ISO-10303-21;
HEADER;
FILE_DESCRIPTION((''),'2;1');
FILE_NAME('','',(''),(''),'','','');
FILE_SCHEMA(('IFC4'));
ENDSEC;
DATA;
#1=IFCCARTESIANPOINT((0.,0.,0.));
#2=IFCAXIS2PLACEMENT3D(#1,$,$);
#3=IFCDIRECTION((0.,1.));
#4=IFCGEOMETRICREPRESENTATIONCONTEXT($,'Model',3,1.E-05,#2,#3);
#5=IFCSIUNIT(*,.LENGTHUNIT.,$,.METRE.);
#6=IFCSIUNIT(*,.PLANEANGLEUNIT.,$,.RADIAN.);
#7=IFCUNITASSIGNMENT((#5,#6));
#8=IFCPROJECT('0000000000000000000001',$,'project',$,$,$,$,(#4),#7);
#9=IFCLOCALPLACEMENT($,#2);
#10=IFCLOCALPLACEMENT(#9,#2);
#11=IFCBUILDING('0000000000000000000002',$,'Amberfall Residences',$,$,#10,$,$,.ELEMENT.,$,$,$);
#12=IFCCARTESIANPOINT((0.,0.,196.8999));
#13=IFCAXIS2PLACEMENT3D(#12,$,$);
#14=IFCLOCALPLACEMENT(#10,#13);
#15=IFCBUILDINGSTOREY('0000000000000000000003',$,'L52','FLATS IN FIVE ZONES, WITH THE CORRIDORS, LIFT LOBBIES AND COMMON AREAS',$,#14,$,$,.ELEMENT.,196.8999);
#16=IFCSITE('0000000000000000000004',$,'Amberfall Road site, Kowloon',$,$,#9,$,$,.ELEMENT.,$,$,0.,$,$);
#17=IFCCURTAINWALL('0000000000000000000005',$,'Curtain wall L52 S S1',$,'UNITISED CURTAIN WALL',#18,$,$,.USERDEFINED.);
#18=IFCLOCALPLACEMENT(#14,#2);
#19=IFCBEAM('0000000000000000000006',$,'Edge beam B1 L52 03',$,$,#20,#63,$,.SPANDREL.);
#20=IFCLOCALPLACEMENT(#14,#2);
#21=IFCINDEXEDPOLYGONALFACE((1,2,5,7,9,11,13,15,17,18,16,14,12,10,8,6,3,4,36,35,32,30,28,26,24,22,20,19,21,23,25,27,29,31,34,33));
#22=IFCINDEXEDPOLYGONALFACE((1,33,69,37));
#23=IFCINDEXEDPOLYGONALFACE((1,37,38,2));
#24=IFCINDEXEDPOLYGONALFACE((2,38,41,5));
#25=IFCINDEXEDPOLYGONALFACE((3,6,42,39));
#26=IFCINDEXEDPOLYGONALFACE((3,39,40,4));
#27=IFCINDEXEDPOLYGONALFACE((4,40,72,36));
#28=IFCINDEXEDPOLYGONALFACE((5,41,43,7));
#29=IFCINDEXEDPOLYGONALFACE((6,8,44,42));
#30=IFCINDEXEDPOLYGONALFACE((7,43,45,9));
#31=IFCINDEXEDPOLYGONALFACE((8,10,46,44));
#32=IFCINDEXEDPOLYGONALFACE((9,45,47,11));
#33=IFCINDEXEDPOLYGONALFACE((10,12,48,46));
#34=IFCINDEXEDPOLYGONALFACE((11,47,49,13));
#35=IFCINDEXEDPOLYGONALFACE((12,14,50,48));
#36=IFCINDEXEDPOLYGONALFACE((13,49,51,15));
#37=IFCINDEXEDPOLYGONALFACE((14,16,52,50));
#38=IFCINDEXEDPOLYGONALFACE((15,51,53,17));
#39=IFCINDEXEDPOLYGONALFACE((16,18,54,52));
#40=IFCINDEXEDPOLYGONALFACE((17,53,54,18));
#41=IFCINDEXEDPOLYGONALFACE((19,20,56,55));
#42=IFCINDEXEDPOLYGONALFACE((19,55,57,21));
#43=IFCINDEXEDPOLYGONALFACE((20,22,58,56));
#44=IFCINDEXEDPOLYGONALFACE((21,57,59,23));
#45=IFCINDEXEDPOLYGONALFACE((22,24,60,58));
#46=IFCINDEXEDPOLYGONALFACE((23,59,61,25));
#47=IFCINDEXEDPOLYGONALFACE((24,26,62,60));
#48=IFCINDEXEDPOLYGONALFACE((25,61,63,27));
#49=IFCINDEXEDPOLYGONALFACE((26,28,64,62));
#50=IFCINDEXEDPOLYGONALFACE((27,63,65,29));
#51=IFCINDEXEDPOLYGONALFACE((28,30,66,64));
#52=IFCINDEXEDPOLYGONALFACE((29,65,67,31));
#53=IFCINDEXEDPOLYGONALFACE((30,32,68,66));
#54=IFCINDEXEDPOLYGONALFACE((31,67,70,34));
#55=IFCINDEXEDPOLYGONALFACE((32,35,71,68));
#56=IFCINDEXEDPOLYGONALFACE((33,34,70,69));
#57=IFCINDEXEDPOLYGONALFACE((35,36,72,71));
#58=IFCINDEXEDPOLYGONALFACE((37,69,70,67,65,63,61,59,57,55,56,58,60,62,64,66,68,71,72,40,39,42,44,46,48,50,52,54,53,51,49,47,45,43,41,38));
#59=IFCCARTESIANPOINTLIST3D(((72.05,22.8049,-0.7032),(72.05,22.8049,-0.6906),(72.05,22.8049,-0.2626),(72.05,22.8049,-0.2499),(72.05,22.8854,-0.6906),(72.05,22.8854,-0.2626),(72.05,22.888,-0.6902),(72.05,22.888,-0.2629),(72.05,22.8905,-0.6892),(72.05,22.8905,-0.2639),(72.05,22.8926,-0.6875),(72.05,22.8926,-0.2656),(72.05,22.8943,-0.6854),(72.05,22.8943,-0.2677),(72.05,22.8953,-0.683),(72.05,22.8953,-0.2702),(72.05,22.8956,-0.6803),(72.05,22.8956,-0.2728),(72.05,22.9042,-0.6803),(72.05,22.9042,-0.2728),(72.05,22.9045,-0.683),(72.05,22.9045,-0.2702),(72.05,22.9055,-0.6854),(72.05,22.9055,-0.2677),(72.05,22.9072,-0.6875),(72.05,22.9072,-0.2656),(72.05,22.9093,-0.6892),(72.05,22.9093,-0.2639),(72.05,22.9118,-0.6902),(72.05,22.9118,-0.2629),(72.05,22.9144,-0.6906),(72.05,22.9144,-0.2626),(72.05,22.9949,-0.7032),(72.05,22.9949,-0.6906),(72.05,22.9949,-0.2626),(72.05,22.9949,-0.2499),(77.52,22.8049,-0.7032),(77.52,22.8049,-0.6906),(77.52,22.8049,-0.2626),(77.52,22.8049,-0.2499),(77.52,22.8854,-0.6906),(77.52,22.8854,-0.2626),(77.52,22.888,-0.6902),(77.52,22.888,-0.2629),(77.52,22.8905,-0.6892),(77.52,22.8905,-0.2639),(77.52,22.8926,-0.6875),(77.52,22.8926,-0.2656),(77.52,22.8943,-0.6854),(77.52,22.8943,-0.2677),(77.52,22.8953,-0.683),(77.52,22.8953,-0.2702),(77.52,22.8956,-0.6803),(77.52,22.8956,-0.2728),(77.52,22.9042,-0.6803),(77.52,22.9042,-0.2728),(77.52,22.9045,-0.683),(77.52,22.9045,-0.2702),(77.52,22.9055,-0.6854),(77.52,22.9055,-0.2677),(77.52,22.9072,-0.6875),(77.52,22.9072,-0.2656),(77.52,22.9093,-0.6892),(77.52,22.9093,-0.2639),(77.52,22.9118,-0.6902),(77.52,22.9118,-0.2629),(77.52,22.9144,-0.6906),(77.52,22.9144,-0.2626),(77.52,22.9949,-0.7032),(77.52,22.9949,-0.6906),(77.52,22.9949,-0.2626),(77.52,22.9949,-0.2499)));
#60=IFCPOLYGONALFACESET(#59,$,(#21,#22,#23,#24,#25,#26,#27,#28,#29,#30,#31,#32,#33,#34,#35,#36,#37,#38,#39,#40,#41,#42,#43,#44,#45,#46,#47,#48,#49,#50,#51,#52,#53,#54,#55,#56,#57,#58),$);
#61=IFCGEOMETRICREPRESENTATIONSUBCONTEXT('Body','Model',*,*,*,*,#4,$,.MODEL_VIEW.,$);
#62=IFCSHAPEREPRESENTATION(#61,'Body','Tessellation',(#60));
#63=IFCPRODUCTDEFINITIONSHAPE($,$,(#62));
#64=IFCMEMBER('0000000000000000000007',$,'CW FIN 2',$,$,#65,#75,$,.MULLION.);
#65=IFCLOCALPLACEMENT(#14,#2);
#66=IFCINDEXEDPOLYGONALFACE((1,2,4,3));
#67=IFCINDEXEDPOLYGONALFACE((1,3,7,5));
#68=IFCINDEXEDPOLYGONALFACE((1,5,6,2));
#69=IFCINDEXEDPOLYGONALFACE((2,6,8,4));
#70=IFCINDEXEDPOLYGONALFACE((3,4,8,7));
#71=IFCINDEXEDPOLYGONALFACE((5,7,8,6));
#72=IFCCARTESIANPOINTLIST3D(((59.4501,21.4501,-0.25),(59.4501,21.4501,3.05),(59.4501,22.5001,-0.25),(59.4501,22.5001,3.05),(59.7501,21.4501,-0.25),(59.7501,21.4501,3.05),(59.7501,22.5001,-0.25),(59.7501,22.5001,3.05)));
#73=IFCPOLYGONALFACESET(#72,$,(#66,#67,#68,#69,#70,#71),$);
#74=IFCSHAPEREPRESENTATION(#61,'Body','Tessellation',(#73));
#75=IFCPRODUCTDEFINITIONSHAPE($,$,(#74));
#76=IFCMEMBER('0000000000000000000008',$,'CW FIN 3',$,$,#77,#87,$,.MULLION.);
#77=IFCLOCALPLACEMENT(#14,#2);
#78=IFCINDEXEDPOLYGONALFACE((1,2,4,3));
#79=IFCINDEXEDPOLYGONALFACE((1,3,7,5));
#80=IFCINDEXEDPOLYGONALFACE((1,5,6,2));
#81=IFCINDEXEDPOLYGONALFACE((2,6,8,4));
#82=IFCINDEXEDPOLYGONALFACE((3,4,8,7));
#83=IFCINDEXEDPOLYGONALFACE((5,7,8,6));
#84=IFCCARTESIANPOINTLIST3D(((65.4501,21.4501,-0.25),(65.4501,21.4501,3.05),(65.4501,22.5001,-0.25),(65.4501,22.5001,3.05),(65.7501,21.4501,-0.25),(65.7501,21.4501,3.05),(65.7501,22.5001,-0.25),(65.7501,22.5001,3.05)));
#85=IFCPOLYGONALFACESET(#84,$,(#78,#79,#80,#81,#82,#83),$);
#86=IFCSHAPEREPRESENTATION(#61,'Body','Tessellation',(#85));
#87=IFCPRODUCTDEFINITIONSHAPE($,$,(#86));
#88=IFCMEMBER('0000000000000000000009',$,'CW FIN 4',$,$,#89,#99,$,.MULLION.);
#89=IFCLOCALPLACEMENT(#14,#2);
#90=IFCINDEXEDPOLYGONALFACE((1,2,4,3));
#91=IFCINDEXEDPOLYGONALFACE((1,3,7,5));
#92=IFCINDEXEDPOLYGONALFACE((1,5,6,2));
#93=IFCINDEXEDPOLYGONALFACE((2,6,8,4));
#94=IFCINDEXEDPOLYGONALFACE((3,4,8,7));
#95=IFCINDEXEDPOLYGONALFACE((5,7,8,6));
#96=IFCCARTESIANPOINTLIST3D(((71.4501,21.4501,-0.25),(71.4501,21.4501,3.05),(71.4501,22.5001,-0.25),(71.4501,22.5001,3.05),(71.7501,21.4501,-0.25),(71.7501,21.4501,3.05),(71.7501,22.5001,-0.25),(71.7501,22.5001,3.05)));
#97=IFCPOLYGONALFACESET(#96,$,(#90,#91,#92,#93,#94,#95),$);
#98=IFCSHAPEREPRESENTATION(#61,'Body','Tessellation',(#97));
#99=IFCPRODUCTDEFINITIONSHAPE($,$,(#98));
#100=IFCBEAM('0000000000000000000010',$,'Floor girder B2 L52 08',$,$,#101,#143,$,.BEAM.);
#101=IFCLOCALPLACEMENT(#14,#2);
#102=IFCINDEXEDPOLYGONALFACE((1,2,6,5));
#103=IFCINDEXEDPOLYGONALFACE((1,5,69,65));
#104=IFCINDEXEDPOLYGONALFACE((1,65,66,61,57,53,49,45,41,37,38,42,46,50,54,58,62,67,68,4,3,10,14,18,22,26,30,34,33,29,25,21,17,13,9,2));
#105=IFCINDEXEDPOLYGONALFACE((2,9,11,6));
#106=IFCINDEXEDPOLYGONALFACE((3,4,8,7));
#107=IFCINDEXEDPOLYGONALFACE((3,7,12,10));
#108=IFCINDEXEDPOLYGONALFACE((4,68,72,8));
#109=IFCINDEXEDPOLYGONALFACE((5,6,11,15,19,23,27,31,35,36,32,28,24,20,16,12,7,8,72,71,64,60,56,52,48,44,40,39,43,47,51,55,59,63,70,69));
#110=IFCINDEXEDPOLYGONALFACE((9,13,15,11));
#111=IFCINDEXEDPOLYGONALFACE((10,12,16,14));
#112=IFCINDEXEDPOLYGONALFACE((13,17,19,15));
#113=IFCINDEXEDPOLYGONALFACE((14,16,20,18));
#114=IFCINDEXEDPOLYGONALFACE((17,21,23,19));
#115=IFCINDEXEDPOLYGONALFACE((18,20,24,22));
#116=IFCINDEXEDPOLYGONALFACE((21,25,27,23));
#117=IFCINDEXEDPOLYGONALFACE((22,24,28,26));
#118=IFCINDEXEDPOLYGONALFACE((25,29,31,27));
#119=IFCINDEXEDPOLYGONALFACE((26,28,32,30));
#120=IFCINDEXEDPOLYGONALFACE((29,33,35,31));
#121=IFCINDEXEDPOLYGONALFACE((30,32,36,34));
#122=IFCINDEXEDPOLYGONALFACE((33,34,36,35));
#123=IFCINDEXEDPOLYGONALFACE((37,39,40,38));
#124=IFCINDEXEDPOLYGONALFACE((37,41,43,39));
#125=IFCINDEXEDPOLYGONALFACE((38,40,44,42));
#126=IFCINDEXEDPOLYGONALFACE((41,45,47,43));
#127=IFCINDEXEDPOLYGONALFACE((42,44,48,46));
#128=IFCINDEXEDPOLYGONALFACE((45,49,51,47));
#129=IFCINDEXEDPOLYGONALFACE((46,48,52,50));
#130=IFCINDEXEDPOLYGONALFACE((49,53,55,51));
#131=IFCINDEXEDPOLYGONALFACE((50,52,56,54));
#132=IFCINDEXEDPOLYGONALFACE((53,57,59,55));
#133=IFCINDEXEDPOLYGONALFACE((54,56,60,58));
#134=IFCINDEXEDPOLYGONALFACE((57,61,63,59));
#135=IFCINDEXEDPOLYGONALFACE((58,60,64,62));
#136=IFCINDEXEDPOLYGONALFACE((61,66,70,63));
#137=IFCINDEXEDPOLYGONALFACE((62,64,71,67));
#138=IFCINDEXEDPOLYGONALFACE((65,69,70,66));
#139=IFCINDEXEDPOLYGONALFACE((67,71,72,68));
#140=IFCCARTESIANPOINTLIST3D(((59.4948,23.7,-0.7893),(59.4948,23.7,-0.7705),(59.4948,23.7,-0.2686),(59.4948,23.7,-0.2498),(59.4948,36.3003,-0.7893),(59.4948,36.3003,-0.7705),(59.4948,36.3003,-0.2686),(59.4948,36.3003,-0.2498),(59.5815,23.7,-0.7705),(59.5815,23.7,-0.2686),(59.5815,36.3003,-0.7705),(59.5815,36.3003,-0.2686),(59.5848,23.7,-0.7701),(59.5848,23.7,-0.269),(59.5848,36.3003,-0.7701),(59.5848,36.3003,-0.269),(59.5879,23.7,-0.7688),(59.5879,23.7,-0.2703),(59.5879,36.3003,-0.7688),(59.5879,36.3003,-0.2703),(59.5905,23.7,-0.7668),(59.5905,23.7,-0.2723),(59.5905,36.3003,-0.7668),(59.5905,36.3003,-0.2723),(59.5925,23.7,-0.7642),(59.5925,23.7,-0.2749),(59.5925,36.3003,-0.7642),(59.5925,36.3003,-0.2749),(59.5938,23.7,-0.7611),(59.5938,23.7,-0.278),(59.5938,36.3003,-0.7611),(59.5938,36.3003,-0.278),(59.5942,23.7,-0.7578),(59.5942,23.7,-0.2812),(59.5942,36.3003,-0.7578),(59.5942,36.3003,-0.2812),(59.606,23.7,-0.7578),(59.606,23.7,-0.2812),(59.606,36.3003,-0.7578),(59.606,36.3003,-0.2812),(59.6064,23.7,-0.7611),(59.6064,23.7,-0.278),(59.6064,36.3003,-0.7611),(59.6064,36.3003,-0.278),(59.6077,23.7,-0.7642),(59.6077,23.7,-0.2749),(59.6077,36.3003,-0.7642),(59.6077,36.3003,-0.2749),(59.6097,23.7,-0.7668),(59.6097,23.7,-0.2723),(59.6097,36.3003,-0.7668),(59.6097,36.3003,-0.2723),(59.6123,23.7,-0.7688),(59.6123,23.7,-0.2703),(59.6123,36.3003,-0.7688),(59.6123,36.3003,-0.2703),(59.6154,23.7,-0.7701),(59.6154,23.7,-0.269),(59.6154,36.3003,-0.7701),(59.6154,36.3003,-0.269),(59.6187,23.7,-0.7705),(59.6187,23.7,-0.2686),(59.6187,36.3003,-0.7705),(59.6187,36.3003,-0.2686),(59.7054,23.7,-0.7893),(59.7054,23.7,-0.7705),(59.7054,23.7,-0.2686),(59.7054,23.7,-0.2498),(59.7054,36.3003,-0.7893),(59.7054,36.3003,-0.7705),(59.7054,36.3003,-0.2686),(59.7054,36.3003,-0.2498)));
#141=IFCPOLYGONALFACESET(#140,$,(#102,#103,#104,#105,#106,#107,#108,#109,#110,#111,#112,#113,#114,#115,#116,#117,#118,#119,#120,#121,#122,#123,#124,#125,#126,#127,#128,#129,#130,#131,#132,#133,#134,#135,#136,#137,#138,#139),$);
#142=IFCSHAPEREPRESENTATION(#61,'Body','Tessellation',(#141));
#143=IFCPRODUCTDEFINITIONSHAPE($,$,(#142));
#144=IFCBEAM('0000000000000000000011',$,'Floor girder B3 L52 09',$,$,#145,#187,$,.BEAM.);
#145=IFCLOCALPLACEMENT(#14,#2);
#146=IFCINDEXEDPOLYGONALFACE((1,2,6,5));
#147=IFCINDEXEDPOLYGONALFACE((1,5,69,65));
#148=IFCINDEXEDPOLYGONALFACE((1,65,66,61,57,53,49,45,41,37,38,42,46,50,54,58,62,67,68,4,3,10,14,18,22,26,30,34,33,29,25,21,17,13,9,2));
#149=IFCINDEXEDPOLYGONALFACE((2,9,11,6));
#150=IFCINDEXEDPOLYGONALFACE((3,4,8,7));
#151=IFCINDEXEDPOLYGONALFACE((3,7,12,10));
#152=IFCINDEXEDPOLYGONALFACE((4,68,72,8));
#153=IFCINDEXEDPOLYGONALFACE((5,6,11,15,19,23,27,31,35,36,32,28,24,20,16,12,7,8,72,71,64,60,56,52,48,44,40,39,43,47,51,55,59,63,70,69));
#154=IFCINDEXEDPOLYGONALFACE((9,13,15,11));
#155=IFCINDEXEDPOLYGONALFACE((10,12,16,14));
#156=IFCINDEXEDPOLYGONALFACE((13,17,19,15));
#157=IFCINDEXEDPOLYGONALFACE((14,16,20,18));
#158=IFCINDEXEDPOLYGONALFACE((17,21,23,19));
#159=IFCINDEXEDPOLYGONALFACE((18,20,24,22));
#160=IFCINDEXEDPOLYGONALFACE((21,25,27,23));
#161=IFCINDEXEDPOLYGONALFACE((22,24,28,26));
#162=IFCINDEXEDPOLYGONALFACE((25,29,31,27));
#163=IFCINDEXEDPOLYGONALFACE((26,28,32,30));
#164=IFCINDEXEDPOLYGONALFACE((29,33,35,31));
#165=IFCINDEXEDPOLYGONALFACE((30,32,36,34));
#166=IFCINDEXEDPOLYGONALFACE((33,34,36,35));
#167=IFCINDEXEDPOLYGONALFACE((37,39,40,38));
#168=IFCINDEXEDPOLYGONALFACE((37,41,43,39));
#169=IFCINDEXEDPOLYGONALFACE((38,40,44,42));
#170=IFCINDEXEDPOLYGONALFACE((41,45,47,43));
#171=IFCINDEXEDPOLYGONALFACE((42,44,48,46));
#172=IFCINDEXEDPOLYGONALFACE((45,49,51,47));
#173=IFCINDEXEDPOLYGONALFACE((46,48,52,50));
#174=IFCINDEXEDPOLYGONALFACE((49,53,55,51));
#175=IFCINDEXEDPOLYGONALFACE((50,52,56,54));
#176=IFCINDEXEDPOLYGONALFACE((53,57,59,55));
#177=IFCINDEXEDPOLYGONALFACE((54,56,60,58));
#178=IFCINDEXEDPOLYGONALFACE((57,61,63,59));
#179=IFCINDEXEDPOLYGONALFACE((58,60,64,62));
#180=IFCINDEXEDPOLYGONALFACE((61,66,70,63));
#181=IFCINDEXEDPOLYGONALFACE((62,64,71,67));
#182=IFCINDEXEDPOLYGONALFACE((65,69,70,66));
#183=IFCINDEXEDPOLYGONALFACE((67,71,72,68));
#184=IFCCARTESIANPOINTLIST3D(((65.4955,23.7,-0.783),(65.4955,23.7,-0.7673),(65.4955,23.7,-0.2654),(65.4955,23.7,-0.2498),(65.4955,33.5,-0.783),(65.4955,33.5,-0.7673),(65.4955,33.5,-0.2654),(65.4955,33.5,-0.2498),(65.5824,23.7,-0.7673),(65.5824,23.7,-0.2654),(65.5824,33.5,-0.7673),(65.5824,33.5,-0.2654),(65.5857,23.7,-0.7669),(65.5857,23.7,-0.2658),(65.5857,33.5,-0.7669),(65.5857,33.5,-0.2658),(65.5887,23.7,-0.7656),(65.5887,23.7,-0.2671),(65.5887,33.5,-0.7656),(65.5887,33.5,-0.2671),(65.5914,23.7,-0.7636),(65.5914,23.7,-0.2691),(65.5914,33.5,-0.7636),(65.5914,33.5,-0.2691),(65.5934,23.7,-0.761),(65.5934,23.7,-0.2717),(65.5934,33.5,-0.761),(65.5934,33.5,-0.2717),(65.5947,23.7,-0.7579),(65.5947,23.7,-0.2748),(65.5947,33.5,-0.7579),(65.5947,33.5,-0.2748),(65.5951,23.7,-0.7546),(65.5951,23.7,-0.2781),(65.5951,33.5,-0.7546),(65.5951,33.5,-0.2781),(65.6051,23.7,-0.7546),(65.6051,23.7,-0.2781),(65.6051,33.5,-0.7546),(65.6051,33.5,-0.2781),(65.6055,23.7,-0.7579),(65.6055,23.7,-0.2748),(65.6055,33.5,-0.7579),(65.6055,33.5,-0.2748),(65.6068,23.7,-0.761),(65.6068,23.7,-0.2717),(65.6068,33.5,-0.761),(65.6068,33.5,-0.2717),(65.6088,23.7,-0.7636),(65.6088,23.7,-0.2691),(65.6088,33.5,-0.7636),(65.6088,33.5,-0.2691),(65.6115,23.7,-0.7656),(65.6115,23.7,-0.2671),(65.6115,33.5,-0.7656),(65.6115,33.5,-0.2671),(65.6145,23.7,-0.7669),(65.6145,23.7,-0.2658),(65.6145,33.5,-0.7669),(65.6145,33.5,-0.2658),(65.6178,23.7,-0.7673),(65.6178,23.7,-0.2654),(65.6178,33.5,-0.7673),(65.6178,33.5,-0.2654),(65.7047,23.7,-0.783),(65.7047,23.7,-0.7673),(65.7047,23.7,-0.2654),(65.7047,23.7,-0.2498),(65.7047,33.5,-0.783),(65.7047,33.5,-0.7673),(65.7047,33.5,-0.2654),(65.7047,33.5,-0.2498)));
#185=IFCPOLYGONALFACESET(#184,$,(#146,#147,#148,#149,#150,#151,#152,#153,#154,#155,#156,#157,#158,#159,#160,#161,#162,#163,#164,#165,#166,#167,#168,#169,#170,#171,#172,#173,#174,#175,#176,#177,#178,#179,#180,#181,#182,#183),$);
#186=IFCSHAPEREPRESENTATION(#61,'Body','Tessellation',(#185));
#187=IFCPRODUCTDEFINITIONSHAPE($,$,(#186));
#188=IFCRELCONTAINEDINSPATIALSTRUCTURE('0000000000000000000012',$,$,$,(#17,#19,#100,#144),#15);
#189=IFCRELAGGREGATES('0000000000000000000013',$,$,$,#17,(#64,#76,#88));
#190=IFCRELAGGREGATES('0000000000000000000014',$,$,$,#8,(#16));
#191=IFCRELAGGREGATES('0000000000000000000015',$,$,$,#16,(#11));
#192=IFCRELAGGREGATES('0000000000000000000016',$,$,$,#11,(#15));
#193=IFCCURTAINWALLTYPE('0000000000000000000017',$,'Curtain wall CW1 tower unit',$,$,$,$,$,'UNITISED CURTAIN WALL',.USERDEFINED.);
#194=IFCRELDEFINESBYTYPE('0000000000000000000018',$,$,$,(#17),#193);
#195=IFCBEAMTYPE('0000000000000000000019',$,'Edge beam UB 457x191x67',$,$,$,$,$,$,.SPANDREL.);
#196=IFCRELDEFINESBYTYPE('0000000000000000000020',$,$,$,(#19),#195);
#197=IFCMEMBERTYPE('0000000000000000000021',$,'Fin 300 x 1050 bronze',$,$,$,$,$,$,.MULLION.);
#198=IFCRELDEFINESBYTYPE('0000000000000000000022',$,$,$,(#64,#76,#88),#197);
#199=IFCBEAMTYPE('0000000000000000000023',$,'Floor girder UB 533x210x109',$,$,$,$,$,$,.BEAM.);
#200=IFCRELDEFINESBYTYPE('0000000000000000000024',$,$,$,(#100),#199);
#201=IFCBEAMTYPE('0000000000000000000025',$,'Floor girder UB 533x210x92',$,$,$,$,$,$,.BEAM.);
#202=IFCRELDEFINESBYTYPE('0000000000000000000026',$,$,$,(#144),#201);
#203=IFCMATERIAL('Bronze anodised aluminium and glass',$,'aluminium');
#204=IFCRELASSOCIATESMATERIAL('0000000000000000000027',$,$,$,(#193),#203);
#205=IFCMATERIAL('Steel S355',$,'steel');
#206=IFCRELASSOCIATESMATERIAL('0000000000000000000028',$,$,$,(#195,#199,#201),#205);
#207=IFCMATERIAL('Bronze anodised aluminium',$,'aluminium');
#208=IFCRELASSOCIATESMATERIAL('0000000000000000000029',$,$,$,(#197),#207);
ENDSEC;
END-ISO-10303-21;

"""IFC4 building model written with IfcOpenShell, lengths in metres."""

from ifc_helpers import new_model, si_unit, direction, frame, origin, origin_2d, place, context, subcontext, project, spatial, rectangle, i_section, extrude, material, material_profile, profile_set, type_object, element, aggregate, save


model = new_model("IFC4")

# Units and contexts
model_context = context("Model", 3, precision=1e-05, world=origin(), true_north=direction((0.0, 1.0)))
body_context = subcontext(model_context, "Body", "Model", "MODEL_VIEW")
ifc_project = project(units=[si_unit("LENGTHUNIT", "METRE"), si_unit("PLANEANGLEUNIT", "RADIAN")], contexts=[model_context])

# Site, building, storey
site_placement = place(None, origin())
site = spatial("IfcSite", under=ifc_project, at=site_placement, Name="Amberfall Road site, Kowloon", CompositionType="ELEMENT", RefElevation=0.0)
building_placement = place(site_placement, origin())
building = spatial("IfcBuilding", under=site, at=building_placement, Name="Amberfall Residences", CompositionType="ELEMENT")
storey_placement = place(building_placement, frame((0.0, 0.0, 196.8999)))
storey = spatial("IfcBuildingStorey", under=building, at=storey_placement, Name="L52", Description="FLATS IN FIVE ZONES, WITH THE CORRIDORS, LIFT LOBBIES AND COMMON AREAS", CompositionType="ELEMENT", Elevation=196.8999)

# Curtain wall
ifc_material_1 = material(Name="Bronze anodised aluminium and glass", Category="aluminium")
curtain_wall_type = type_object("IfcCurtainWallType", Name="Curtain wall CW1 tower unit", ElementType="UNITISED CURTAIN WALL", PredefinedType="USERDEFINED", material=ifc_material_1)
curtain_wall_placement = place(storey_placement, origin())
curtain_wall = element("IfcCurtainWall", 1, at=curtain_wall_placement, inside=storey, type_object=curtain_wall_type, Name="Curtain wall L52 S S1", ObjectType="UNITISED CURTAIN WALL", PredefinedType="USERDEFINED")
ifc_material_2 = material(Name="Bronze anodised aluminium", Category="aluminium")

# Beam
ifc_material_3 = material(Name="Steel S355", Category="steel")
ifc_material_profile_1 = material_profile(ifc_material_3, i_section(OverallWidth=0.1899, OverallDepth=0.4534, WebThickness=0.0085, FlangeThickness=0.0127, FilletRadius=0.0103, at=origin_2d()), Name="UB 457x191x67")
ifc_profile_set_1 = profile_set([ifc_material_profile_1], Name="Steel S355")
beam_type_1 = type_object("IfcBeamType", Name="Edge beam UB 457x191x67", PredefinedType="SPANDREL", material=ifc_profile_set_1)
beam_1_placement = place(storey_placement, frame((72.05, 22.8999, -0.4766), z_axis=(1.0, 0.0, 0.0), x_axis=(0.0, 1.0, 0.0)))
element("IfcBeam", 2, at=beam_1_placement, inside=storey, type_object=beam_type_1, Name="Edge beam B1 L52 03", PredefinedType="SPANDREL", context=body_context, shape_type="SweptSolid", body=[
    extrude(i_section(OverallWidth=0.1899, OverallDepth=0.4534, WebThickness=0.0085, FlangeThickness=0.0127, FilletRadius=0.0103, at=origin_2d()), origin(), (0.0, 0.0, 1.0), 5.47),
])

# Members
ifc_material_profile_2 = material_profile(ifc_material_2, rectangle(XDim=1.05, YDim=0.3, at=origin_2d()), Name="Fin 300 x 1050 bronze")
ifc_profile_set_2 = profile_set([ifc_material_profile_2], Name="Bronze anodised aluminium")
member_type_1 = type_object("IfcMemberType", Name="Fin 300 x 1050 bronze", PredefinedType="MULLION", material=ifc_profile_set_2)
member_1_placement = place(storey_placement, frame((59.6001, 21.9751, -0.25), z_axis=(0.0, 0.0, 1.0), x_axis=(0.0, 1.0, 0.0)))
member_1 = element("IfcMember", 3, at=member_1_placement, type_object=member_type_1, Name="CW FIN 2", PredefinedType="MULLION", context=body_context, shape_type="SweptSolid", body=[
    extrude(rectangle(XDim=1.05, YDim=0.3, at=origin_2d()), origin(), (0.0, 0.0, 1.0), 3.3),
])
member_2_placement = place(storey_placement, frame((65.6001, 21.9751, -0.25), z_axis=(0.0, 0.0, 1.0), x_axis=(0.0, 1.0, 0.0)))
member_2 = element("IfcMember", 4, at=member_2_placement, type_object=member_type_1, Name="CW FIN 3", PredefinedType="MULLION", context=body_context, shape_type="SweptSolid", body=[
    extrude(rectangle(XDim=1.05, YDim=0.3, at=origin_2d()), origin(), (0.0, 0.0, 1.0), 3.3),
])
member_3_placement = place(storey_placement, frame((71.6001, 21.9751, -0.25), z_axis=(0.0, 0.0, 1.0), x_axis=(0.0, 1.0, 0.0)))
member_3 = element("IfcMember", 5, at=member_3_placement, type_object=member_type_1, Name="CW FIN 4", PredefinedType="MULLION", context=body_context, shape_type="SweptSolid", body=[
    extrude(rectangle(XDim=1.05, YDim=0.3, at=origin_2d()), origin(), (0.0, 0.0, 1.0), 3.3),
])

# Beams
ifc_material_profile_3 = material_profile(ifc_material_3, i_section(OverallWidth=0.2107, OverallDepth=0.5396, WebThickness=0.0117, FlangeThickness=0.0188, FilletRadius=0.0127, at=origin_2d()), Name="UB 533x210x109")
ifc_profile_set_3 = profile_set([ifc_material_profile_3], Name="Steel S355")
beam_type_2 = type_object("IfcBeamType", Name="Floor girder UB 533x210x109", PredefinedType="BEAM", material=ifc_profile_set_3)
beam_2_placement = place(storey_placement, frame((59.6001, 23.7, -0.5195), z_axis=(0.0, 1.0, 0.0), x_axis=(-1.0, 0.0, 0.0)))
element("IfcBeam", 6, at=beam_2_placement, inside=storey, type_object=beam_type_2, Name="Floor girder B2 L52 08", PredefinedType="BEAM", context=body_context, shape_type="SweptSolid", body=[
    extrude(i_section(OverallWidth=0.2107, OverallDepth=0.5396, WebThickness=0.0117, FlangeThickness=0.0188, FilletRadius=0.0127, at=origin_2d()), origin(), (0.0, 0.0, 1.0), 12.6003),
])
ifc_material_profile_4 = material_profile(ifc_material_3, i_section(OverallWidth=0.2092, OverallDepth=0.5332, WebThickness=0.01, FlangeThickness=0.0156, FilletRadius=0.0127, at=origin_2d()), Name="UB 533x210x92")
ifc_profile_set_4 = profile_set([ifc_material_profile_4], Name="Steel S355")
beam_type_3 = type_object("IfcBeamType", Name="Floor girder UB 533x210x92", PredefinedType="BEAM", material=ifc_profile_set_4)
for number, where, z_axis, x_axis, name in (
    (7, (65.6001, 23.7, -0.5164), (0.0, 1.0, 0.0), (-1.0, 0.0, 0.0), "Floor girder B3 L52 09"),
):
    element("IfcBeam", number, at=place(storey_placement, frame(where, z_axis=z_axis, x_axis=x_axis)), inside=storey, type_object=beam_type_3, Name=name, PredefinedType="BEAM", context=body_context, shape_type="SweptSolid", body=[
        extrude(i_section(OverallWidth=0.2092, OverallDepth=0.5332, WebThickness=0.01, FlangeThickness=0.0156, FilletRadius=0.0127, at=origin_2d()), origin(), (0.0, 0.0, 1.0), 9.8),
    ])

aggregate(curtain_wall, [member_1, member_2, member_3])

save(model, "model.ifc")
